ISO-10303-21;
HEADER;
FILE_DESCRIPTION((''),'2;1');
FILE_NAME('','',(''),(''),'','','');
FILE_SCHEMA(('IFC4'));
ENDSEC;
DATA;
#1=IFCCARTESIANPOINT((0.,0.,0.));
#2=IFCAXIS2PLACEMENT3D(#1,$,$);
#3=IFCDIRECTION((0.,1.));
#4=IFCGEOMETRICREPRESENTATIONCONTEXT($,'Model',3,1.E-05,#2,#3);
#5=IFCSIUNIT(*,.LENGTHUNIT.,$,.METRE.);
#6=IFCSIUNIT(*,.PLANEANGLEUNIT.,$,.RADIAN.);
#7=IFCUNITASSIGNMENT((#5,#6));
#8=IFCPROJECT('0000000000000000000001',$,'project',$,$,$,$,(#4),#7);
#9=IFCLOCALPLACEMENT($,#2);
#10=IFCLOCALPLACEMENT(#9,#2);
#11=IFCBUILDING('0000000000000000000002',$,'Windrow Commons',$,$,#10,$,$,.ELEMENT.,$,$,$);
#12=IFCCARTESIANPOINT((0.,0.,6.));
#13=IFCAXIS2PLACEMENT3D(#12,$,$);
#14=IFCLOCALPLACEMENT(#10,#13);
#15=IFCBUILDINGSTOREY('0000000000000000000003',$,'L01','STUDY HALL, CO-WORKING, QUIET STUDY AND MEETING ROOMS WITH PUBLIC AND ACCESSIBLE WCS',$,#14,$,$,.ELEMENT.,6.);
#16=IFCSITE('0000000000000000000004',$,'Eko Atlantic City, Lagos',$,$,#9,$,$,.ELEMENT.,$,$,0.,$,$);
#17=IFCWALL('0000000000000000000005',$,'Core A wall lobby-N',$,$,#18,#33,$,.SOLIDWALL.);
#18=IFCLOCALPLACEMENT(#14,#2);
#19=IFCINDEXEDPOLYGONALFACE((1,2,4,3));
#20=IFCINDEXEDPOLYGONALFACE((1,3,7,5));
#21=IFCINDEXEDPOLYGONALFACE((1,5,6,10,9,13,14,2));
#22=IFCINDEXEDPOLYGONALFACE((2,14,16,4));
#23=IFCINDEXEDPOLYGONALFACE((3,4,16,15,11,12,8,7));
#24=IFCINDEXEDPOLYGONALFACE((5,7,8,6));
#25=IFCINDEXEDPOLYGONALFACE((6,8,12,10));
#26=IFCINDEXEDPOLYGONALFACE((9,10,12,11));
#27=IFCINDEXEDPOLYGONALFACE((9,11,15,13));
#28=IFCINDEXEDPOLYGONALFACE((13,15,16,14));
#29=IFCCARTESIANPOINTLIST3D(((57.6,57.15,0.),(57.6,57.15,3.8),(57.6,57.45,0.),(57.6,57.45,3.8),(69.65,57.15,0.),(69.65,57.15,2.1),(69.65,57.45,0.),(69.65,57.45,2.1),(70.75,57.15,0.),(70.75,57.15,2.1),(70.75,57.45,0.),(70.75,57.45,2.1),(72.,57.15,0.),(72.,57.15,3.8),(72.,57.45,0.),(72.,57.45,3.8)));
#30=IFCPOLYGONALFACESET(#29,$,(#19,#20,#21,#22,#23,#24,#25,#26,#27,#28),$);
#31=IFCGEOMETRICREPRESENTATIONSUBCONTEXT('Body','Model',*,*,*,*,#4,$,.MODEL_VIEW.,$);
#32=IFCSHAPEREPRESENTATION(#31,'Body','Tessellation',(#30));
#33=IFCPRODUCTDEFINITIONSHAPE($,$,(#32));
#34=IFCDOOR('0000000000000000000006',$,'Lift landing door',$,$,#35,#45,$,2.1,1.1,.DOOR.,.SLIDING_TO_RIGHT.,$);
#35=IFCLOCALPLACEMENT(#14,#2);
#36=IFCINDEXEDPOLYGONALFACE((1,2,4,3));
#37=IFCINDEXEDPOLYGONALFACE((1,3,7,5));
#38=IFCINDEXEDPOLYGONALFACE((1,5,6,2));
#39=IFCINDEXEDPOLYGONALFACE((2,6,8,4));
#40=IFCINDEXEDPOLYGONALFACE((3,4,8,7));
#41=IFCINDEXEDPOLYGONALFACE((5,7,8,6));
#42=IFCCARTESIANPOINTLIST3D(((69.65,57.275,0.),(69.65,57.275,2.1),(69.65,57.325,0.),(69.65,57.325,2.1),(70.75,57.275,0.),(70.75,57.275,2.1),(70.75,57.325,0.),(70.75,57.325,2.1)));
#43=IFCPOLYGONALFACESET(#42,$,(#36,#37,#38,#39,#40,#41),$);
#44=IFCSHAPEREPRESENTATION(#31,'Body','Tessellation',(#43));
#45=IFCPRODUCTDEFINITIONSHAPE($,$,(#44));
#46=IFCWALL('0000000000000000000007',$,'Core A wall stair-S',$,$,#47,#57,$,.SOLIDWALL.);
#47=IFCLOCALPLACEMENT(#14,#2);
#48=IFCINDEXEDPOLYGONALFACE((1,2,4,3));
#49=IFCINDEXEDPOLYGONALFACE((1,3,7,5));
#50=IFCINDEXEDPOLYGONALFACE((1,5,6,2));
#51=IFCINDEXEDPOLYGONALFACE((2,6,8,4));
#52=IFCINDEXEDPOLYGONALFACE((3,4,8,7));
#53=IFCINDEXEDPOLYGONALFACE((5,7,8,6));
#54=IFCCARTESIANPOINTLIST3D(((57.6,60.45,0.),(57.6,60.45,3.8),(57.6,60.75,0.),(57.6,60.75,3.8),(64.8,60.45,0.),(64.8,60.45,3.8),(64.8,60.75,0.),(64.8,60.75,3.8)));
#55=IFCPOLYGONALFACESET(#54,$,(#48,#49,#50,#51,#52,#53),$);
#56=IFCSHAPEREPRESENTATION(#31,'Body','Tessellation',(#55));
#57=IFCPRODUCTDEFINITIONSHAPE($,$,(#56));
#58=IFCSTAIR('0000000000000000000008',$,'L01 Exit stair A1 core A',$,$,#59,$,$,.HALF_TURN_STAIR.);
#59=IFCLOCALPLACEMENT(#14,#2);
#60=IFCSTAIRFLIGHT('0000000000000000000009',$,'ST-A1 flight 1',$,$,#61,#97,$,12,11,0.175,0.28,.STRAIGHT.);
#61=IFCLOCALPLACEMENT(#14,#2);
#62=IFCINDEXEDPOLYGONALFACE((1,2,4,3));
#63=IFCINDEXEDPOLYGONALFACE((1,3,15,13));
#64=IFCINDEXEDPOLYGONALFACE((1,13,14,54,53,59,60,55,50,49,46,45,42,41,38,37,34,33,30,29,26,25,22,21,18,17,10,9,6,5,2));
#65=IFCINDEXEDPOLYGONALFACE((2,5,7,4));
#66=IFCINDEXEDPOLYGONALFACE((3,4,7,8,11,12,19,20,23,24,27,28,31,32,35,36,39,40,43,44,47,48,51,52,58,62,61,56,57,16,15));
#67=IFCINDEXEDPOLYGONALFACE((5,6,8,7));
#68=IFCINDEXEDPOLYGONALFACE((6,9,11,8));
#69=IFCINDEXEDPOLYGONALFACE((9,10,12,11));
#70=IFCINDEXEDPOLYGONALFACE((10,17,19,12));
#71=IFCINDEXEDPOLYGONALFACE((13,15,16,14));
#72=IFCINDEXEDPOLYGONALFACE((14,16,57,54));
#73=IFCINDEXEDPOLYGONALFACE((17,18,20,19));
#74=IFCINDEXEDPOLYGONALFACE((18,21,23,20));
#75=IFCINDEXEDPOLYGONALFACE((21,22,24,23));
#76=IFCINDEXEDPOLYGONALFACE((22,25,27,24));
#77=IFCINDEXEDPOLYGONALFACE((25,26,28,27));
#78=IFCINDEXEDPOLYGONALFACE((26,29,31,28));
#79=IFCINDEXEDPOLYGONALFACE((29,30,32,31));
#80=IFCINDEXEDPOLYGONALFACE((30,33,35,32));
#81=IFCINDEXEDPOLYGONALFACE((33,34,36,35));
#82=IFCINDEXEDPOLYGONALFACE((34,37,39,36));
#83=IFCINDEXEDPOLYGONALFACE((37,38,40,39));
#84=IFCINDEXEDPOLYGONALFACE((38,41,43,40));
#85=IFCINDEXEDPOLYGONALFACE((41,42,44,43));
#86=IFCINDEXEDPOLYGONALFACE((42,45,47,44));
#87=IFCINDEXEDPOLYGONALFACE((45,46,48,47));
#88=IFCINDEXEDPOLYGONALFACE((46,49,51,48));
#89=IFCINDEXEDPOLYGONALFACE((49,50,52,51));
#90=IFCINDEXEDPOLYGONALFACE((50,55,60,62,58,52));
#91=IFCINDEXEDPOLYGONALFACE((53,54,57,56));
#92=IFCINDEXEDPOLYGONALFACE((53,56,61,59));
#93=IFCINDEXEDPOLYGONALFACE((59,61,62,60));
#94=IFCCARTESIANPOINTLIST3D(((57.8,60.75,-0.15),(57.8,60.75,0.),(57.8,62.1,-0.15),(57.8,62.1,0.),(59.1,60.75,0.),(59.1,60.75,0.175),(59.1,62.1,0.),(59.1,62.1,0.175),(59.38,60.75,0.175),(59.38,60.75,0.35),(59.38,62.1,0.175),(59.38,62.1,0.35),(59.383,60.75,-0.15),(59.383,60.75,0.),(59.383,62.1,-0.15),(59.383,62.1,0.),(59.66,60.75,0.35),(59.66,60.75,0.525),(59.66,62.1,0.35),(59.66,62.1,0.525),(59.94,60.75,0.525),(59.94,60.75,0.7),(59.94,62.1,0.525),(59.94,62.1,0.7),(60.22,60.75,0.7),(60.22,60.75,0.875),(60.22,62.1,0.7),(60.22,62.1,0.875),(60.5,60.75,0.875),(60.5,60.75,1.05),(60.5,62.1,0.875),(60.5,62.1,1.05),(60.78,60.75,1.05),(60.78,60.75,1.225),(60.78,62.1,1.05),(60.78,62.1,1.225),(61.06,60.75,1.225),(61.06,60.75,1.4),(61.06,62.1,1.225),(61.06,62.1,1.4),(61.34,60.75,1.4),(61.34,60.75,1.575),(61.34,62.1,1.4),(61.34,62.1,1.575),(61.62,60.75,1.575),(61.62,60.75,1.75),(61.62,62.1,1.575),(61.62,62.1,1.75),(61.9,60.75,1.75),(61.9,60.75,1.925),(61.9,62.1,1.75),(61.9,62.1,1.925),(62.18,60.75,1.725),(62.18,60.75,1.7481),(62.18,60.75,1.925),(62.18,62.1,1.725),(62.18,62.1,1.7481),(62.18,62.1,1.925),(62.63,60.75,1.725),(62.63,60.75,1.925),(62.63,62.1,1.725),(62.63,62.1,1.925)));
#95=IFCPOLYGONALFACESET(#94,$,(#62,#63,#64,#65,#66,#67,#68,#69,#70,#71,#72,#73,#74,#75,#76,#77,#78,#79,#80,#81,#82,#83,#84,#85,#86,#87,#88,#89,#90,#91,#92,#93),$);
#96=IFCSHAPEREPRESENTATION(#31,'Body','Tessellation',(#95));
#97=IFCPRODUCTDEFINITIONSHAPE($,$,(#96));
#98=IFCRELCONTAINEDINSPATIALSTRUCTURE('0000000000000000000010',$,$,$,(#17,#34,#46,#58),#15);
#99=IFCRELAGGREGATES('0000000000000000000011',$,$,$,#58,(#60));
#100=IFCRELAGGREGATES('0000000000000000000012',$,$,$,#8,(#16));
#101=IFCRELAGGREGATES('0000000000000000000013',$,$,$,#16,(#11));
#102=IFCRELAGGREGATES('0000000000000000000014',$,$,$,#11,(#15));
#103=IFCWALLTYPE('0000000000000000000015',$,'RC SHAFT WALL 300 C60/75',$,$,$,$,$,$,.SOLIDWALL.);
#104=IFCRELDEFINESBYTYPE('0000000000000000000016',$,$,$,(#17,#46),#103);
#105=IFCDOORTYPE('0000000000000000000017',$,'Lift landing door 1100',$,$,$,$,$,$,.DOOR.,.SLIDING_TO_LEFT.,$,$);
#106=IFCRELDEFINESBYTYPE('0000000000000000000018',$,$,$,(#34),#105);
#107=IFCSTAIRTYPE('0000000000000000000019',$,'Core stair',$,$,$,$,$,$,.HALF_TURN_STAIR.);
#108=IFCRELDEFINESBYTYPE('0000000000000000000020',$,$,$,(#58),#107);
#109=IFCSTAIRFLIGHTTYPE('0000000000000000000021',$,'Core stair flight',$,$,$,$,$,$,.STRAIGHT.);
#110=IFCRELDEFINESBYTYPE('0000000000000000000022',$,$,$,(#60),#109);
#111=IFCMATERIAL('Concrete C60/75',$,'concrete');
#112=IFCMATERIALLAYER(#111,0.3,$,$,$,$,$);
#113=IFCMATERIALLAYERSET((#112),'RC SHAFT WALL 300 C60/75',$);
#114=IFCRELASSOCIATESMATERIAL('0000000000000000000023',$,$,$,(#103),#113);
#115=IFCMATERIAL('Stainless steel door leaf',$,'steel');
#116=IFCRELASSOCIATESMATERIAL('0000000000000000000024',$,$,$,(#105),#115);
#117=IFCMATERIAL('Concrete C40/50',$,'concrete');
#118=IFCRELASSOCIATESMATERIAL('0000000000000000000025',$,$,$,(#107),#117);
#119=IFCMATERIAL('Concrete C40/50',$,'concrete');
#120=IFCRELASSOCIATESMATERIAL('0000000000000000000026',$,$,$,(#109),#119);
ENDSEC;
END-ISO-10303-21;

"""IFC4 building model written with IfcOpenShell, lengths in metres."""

from ifc_helpers import new_model, si_unit, direction, frame, frame_2d, origin, place, context, subcontext, project, spatial, polyline, rectangle, outline, extrude, material, layer, layer_set, type_object, element, fill, aggregate, save


model = new_model("IFC4")

# Units and contexts
model_context = context("Model", 3, precision=1e-05, world=origin(), true_north=direction((0.0, 1.0)))
body_context = subcontext(model_context, "Body", "Model", "MODEL_VIEW")
ifc_project = project(units=[si_unit("LENGTHUNIT", "METRE"), si_unit("PLANEANGLEUNIT", "RADIAN")], contexts=[model_context])

# Site, building, storey
site_placement = place(None, origin())
site = spatial("IfcSite", under=ifc_project, at=site_placement, Name="Eko Atlantic City, Lagos", CompositionType="ELEMENT", RefElevation=0.0)
building_placement = place(site_placement, origin())
building = spatial("IfcBuilding", under=site, at=building_placement, Name="Windrow Commons", CompositionType="ELEMENT")
storey_placement = place(building_placement, frame((0.0, 0.0, 6.0)))
storey = spatial("IfcBuildingStorey", under=building, at=storey_placement, Name="L01", Description="STUDY HALL, CO-WORKING, QUIET STUDY AND MEETING ROOMS WITH PUBLIC AND ACCESSIBLE WCS", CompositionType="ELEMENT", Elevation=6.0)

# Shared definitions
ifc_material_1 = material(Name="Concrete C60/75", Category="concrete")
ifc_layer_1 = layer(ifc_material_1, 0.3)
ifc_layer_set_1 = layer_set([ifc_layer_1], Name="RC SHAFT WALL 300 C60/75")
wall_type_1 = type_object("IfcWallType", Name="RC SHAFT WALL 300 C60/75", PredefinedType="SOLIDWALL", material=ifc_layer_set_1)

# Shared definitions
ifc_material_2 = material(Name="Stainless steel door leaf", Category="steel")
door_type_1 = type_object("IfcDoorType", Name="Lift landing door 1100", OperationType="SLIDING_TO_LEFT", PredefinedType="DOOR", material=ifc_material_2)

# Wall, opening, door
wall_1_placement = place(storey_placement, frame((57.6, 57.3, 0.0), z_axis=(0.0, 0.0, 1.0), x_axis=(1.0, 0.0, 0.0)))
wall_1 = element("IfcWall", 1, at=wall_1_placement, inside=storey, type_object=wall_type_1, Name="Core A wall lobby-N", PredefinedType="SOLIDWALL", context=body_context, shape_type="SweptSolid", body=[
    extrude(rectangle(XDim=14.4, YDim=0.3, at=frame_2d((7.2, 0.0))), origin(), (0.0, 0.0, 1.0), 3.8),
])
opening_1_placement = place(wall_1_placement, frame((12.05, 0.0, 0.0)))
opening_1 = element("IfcOpeningElement", 2, at=opening_1_placement, cuts=wall_1, PredefinedType="OPENING", context=body_context, shape_type="SweptSolid", body=[
    extrude(rectangle(XDim=1.1, YDim=2.1, at=frame_2d((0.55, 1.05))), frame((0.0, 0.16, 0.0), z_axis=(0.0, -1.0, 0.0), x_axis=(1.0, 0.0, 0.0)), (0.0, 0.0, 1.0), 0.32),
])
door_1_placement = place(opening_1_placement, origin())
door_1 = element("IfcDoor", 3, at=door_1_placement, inside=storey, type_object=door_type_1, Name="Lift landing door", OperationType="SLIDING_TO_RIGHT", OverallHeight=2.1, OverallWidth=1.1, PredefinedType="DOOR", context=body_context, shape_type="SweptSolid", body=[
    extrude(rectangle(XDim=1.1, YDim=2.1, at=frame_2d((0.55, 1.05))), frame((0.0, 0.025, 0.0), z_axis=(0.0, -1.0, 0.0), x_axis=(1.0, 0.0, 0.0)), (0.0, 0.0, 1.0), 0.05),
])
fill(opening_1, door_1)

# Wall
wall_2_placement = place(storey_placement, frame((57.6, 60.6, 0.0), z_axis=(0.0, 0.0, 1.0), x_axis=(1.0, 0.0, 0.0)))
element("IfcWall", 4, at=wall_2_placement, inside=storey, type_object=wall_type_1, Name="Core A wall stair-S", PredefinedType="SOLIDWALL", context=body_context, shape_type="SweptSolid", body=[
    extrude(rectangle(XDim=7.2, YDim=0.3, at=frame_2d((3.6, 0.0))), origin(), (0.0, 0.0, 1.0), 3.8),
])

# Stair, stair flight
ifc_material_3 = material(Name="Concrete C40/50", Category="concrete")
stair_type = type_object("IfcStairType", Name="Core stair", PredefinedType="HALF_TURN_STAIR", material=ifc_material_3)
stair_placement = place(storey_placement, origin())
stair = element("IfcStair", 5, at=stair_placement, inside=storey, type_object=stair_type, Name="L01 Exit stair A1 core A", PredefinedType="HALF_TURN_STAIR")
ifc_material_4 = material(Name="Concrete C40/50", Category="concrete")
stair_flight_type = type_object("IfcStairFlightType", Name="Core stair flight", PredefinedType="STRAIGHT", material=ifc_material_4)
stair_flight_placement = place(storey_placement, frame((59.1, 61.425, 0.0), z_axis=(0.0, 0.0, 1.0), x_axis=(1.0, 0.0, 0.0)))
stair_flight = element("IfcStairFlight", 6, at=stair_flight_placement, type_object=stair_flight_type, Name="ST-A1 flight 1", NumberOfRisers=12, NumberOfTreads=11, PredefinedType="STRAIGHT", RiserHeight=0.175, TreadLength=0.28, context=body_context, shape_type="SweptSolid", body=[
    extrude(outline(polyline([(-1.3, -0.15), (-1.3, 0.0), (0.0, 0.0), (0.0, 0.175), (0.28, 0.175), (0.28, 0.35), (0.56, 0.35), (0.56, 0.525), (0.84, 0.525), (0.84, 0.7), (1.12, 0.7), (1.12, 0.875), (1.4, 0.875), (1.4, 1.05), (1.68, 1.05), (1.68, 1.225), (1.96, 1.225), (1.96, 1.4), (2.24, 1.4), (2.24, 1.575), (2.52, 1.575), (2.52, 1.75), (2.8, 1.75), (2.8, 1.925), (3.08, 1.925), (3.53, 1.925), (3.53, 1.725), (3.08, 1.725), (3.08, 1.7481), (0.283, 0.0), (0.283, -0.15), (-1.3, -0.15)])), frame((0.0, 0.675, 0.0), z_axis=(0.0, -1.0, 0.0), x_axis=(1.0, 0.0, 0.0)), (0.0, 0.0, 1.0), 1.35),
])
aggregate(stair, [stair_flight])

save(model, "model.ifc")
